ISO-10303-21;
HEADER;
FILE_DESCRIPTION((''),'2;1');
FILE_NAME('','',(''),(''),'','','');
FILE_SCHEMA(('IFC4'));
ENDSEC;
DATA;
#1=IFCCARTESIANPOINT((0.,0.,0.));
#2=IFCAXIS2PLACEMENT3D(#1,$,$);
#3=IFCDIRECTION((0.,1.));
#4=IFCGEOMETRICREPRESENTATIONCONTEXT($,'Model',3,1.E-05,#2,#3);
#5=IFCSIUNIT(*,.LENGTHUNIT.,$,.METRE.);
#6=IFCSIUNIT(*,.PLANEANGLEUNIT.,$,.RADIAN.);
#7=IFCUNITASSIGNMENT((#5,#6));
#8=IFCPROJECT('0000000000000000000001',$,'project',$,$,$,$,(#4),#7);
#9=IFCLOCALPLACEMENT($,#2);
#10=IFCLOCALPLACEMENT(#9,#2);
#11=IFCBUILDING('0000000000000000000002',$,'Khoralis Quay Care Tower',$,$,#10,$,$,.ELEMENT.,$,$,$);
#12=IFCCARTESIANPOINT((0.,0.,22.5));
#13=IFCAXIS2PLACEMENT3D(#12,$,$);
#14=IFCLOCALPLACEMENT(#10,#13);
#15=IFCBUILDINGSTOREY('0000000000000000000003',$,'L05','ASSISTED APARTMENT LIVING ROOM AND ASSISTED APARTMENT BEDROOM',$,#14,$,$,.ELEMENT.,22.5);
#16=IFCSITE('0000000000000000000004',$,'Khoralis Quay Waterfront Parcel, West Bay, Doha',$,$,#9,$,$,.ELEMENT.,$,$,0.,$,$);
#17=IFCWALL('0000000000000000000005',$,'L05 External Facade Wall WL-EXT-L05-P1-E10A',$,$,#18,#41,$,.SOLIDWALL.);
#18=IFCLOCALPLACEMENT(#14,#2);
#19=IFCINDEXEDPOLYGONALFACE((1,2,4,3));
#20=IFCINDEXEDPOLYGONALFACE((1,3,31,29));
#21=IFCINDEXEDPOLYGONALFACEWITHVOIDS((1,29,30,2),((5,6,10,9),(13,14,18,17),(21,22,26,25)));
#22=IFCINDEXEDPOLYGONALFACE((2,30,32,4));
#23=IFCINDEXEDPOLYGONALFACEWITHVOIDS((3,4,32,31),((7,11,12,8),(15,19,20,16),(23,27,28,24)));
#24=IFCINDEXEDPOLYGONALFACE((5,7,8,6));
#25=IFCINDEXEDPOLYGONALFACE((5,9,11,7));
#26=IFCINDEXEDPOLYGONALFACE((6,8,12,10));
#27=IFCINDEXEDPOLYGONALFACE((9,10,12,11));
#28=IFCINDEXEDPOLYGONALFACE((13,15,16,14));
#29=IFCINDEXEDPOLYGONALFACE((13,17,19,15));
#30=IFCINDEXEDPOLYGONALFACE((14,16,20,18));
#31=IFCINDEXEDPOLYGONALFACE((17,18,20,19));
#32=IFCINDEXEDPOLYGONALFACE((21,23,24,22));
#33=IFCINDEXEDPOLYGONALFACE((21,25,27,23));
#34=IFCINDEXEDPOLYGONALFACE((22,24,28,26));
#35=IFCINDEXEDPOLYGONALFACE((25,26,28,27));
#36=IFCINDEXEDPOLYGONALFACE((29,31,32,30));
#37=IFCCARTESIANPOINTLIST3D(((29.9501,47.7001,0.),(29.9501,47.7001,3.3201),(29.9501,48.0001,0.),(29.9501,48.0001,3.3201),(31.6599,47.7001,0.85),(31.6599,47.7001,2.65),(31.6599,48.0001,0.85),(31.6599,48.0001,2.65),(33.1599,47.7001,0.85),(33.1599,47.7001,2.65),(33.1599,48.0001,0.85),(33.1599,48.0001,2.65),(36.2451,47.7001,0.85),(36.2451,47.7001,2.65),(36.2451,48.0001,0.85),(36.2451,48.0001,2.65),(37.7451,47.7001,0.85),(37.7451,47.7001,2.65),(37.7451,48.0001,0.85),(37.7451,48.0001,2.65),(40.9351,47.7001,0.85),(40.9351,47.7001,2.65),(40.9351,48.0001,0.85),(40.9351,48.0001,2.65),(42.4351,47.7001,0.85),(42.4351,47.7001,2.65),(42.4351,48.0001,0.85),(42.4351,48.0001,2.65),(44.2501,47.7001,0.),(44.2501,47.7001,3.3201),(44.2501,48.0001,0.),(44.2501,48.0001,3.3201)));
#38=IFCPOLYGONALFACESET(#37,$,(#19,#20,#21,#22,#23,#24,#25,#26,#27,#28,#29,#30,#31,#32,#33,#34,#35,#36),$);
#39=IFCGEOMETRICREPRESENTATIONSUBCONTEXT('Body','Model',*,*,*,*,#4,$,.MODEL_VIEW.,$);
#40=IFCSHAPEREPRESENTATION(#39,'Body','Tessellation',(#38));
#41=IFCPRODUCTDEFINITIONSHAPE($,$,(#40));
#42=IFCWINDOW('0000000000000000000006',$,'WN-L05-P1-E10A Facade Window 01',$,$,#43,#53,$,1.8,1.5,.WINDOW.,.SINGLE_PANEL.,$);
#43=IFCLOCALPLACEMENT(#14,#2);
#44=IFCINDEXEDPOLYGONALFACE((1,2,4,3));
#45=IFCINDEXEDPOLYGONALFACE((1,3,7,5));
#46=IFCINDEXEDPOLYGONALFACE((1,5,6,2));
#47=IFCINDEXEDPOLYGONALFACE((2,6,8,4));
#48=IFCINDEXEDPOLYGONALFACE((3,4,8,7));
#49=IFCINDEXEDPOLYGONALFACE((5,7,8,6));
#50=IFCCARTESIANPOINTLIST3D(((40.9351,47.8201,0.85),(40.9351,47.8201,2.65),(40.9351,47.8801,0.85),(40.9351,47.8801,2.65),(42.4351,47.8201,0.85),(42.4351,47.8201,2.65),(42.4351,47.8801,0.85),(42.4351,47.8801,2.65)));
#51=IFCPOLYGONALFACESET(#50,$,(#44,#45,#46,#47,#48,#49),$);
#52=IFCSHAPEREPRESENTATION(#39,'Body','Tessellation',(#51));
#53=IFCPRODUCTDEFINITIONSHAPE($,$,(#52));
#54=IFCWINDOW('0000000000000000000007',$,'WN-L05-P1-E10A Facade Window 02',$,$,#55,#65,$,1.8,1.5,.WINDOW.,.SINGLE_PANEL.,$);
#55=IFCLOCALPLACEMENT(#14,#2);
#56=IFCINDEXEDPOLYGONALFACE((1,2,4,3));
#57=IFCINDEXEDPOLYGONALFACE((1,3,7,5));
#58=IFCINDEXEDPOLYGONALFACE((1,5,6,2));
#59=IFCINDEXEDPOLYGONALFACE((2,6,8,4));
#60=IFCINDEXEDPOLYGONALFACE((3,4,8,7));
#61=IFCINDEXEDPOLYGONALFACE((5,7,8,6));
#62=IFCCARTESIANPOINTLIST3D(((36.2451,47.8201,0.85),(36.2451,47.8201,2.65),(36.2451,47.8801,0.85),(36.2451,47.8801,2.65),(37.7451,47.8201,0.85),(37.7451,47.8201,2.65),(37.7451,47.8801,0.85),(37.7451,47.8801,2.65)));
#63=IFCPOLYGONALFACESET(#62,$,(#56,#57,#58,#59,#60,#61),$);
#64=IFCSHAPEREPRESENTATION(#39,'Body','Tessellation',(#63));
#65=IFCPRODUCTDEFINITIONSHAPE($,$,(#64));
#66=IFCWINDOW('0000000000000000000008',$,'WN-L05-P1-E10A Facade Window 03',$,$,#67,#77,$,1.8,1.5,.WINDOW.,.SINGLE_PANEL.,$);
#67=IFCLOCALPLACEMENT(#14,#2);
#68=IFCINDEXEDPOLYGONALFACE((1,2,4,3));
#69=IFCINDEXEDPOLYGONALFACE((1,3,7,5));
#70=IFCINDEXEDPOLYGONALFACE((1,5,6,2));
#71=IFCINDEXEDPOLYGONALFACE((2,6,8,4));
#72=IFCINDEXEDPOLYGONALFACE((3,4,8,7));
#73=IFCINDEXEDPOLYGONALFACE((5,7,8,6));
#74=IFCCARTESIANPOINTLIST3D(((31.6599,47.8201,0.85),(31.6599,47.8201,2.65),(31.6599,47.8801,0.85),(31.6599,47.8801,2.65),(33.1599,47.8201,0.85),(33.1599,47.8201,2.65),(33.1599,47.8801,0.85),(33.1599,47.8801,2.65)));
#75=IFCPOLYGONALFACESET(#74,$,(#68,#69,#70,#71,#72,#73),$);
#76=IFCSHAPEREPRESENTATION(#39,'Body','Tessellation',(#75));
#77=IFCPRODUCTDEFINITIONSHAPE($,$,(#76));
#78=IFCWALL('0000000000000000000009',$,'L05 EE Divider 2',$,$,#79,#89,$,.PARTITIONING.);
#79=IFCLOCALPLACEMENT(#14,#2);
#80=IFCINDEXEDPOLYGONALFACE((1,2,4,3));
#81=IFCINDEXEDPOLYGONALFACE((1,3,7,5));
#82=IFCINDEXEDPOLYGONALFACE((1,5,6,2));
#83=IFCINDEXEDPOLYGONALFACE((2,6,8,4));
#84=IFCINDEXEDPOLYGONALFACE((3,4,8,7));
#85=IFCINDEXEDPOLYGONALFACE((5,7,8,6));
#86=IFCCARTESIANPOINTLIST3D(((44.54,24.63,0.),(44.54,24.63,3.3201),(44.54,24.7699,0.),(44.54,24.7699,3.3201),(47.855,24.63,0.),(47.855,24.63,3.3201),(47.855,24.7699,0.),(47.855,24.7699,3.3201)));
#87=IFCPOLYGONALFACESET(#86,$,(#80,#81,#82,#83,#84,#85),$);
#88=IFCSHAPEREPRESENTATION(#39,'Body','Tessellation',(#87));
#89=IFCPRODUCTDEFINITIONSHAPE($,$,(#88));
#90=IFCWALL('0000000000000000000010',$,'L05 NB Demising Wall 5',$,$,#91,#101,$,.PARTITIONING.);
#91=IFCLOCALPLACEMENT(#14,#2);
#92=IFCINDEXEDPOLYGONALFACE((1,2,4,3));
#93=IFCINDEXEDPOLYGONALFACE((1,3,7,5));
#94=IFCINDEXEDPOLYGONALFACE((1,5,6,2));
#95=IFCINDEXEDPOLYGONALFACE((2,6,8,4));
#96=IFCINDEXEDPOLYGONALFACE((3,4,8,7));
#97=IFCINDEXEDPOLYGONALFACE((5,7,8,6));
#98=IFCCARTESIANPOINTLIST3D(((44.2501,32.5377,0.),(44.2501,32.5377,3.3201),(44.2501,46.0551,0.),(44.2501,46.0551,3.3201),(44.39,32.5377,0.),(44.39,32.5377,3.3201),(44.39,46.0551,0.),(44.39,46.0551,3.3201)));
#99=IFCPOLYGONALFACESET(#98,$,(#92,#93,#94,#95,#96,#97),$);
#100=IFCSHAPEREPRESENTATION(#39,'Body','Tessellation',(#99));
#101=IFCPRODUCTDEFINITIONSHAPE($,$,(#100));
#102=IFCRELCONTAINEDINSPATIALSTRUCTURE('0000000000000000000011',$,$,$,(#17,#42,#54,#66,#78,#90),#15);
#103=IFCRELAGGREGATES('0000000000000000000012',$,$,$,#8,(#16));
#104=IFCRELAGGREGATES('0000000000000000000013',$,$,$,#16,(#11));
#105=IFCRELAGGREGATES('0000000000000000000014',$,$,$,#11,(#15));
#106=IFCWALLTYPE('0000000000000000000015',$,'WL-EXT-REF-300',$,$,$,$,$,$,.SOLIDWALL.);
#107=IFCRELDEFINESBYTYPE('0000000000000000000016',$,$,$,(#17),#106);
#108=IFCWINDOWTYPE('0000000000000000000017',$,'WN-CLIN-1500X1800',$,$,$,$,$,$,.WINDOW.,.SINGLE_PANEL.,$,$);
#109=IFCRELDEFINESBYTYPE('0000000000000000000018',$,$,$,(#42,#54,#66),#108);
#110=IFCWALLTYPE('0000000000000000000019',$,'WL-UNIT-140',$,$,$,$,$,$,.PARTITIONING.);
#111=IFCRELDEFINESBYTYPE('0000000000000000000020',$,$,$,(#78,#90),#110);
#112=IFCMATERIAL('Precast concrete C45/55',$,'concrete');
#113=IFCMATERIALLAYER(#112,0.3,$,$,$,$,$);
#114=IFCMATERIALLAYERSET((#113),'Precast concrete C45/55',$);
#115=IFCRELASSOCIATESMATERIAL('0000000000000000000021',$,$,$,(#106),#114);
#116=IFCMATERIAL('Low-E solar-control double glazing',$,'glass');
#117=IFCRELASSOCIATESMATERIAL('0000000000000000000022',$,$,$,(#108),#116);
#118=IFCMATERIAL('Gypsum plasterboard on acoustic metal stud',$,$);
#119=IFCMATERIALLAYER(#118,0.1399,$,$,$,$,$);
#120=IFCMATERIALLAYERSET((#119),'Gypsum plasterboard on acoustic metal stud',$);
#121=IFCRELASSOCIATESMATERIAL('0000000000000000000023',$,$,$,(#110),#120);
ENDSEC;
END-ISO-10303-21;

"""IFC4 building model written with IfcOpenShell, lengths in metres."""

from ifc_helpers import new_model, si_unit, direction, frame, frame_2d, origin, place, context, subcontext, project, spatial, rectangle, extrude, source, transform, mapped, material, layer, layer_set, type_object, element, fill, save


model = new_model("IFC4")

# Units and contexts
model_context = context("Model", 3, precision=1e-05, world=origin(), true_north=direction((0.0, 1.0)))
body_context = subcontext(model_context, "Body", "Model", "MODEL_VIEW")
ifc_project = project(units=[si_unit("LENGTHUNIT", "METRE"), si_unit("PLANEANGLEUNIT", "RADIAN")], contexts=[model_context])

# Site, building, storey
site_placement = place(None, origin())
site = spatial("IfcSite", under=ifc_project, at=site_placement, Name="Khoralis Quay Waterfront Parcel, West Bay, Doha", CompositionType="ELEMENT", RefElevation=0.0)
building_placement = place(site_placement, origin())
building = spatial("IfcBuilding", under=site, at=building_placement, Name="Khoralis Quay Care Tower", CompositionType="ELEMENT")
storey_placement = place(building_placement, frame((0.0, 0.0, 22.5)))
storey = spatial("IfcBuildingStorey", under=building, at=storey_placement, Name="L05", Description="ASSISTED APARTMENT LIVING ROOM AND ASSISTED APARTMENT BEDROOM", CompositionType="ELEMENT", Elevation=22.5)

# Shared definitions
ifc_material_1 = material(Name="Low-E solar-control double glazing", Category="glass")

# Shared definitions
ifc_material_2 = material(Name="Precast concrete C45/55", Category="concrete")
ifc_layer_1 = layer(ifc_material_2, 0.3)
ifc_layer_set_1 = layer_set([ifc_layer_1], Name="Precast concrete C45/55")
wall_type_1 = type_object("IfcWallType", Name="WL-EXT-REF-300", PredefinedType="SOLIDWALL", material=ifc_layer_set_1)
window_type = type_object("IfcWindowType", Name="WN-CLIN-1500X1800", PartitioningType="SINGLE_PANEL", PredefinedType="WINDOW", material=ifc_material_1)
shared_shape_1 = source(origin(), body_context, "Body", "SweptSolid", [
    extrude(rectangle(XDim=1.5, YDim=1.8, at=frame_2d((0.75, 0.8999))), frame((0.0, 0.03, 0.0), z_axis=(0.0, -1.0, 0.0), x_axis=(1.0, 0.0, 0.0)), (0.0, 0.0, 1.0), 0.0601),
])

# Wall, openings, windows
wall_1_placement = place(storey_placement, frame((44.25, 47.8501, 0.0), z_axis=(0.0, 0.0, 1.0), x_axis=(-1.0, 0.0, 0.0)))
wall_1 = element("IfcWall", 1, at=wall_1_placement, inside=storey, type_object=wall_type_1, Name="L05 External Facade Wall WL-EXT-L05-P1-E10A", PredefinedType="SOLIDWALL", context=body_context, shape_type="SweptSolid", body=[
    extrude(rectangle(XDim=14.3, YDim=0.3, at=frame_2d((7.1499, 0.0))), origin(), (0.0, 0.0, 1.0), 3.3201),
])
opening_1_placement = place(wall_1_placement, frame((1.8149, 0.0, 0.8501)))
opening_1 = element("IfcOpeningElement", 2, at=opening_1_placement, cuts=wall_1, PredefinedType="OPENING", context=body_context, shape_type="SweptSolid", body=[
    extrude(rectangle(XDim=1.5, YDim=1.8, at=frame_2d((0.75, 0.8999))), frame((0.0, 0.1602, 0.0), z_axis=(0.0, -1.0, 0.0), x_axis=(1.0, 0.0, 0.0)), (0.0, 0.0, 1.0), 0.3201),
])
opening_2_placement = place(wall_1_placement, frame((6.5049, 0.0, 0.8501)))
opening_2 = element("IfcOpeningElement", 3, at=opening_2_placement, cuts=wall_1, PredefinedType="OPENING", context=body_context, shape_type="SweptSolid", body=[
    extrude(rectangle(XDim=1.5, YDim=1.8, at=frame_2d((0.75, 0.8999))), frame((0.0, 0.1602, 0.0), z_axis=(0.0, -1.0, 0.0), x_axis=(1.0, 0.0, 0.0)), (0.0, 0.0, 1.0), 0.3201),
])
opening_3_placement = place(wall_1_placement, frame((11.0901, 0.0, 0.8501)))
opening_3 = element("IfcOpeningElement", 4, at=opening_3_placement, cuts=wall_1, PredefinedType="OPENING", context=body_context, shape_type="SweptSolid", body=[
    extrude(rectangle(XDim=1.5, YDim=1.8, at=frame_2d((0.75, 0.8999))), frame((0.0, 0.1602, 0.0), z_axis=(0.0, -1.0, 0.0), x_axis=(1.0, 0.0, 0.0)), (0.0, 0.0, 1.0), 0.3201),
])
window_1_placement = place(opening_1_placement, origin())
window_1 = element("IfcWindow", 5, at=window_1_placement, inside=storey, type_object=window_type, Name="WN-L05-P1-E10A Facade Window 01", OverallHeight=1.8, OverallWidth=1.5, PartitioningType="SINGLE_PANEL", PredefinedType="WINDOW", context=body_context, shape_type="MappedRepresentation", body=[
    mapped(shared_shape_1, transform((0.0, 0.0, 0.0), scale=1.0)),
])
fill(opening_1, window_1)
window_2_placement = place(opening_2_placement, origin())
window_2 = element("IfcWindow", 6, at=window_2_placement, inside=storey, type_object=window_type, Name="WN-L05-P1-E10A Facade Window 02", OverallHeight=1.8, OverallWidth=1.5, PartitioningType="SINGLE_PANEL", PredefinedType="WINDOW", context=body_context, shape_type="MappedRepresentation", body=[
    mapped(shared_shape_1, transform((0.0, 0.0, 0.0), scale=1.0)),
])
fill(opening_2, window_2)
window_3_placement = place(opening_3_placement, origin())
window_3 = element("IfcWindow", 7, at=window_3_placement, inside=storey, type_object=window_type, Name="WN-L05-P1-E10A Facade Window 03", OverallHeight=1.8, OverallWidth=1.5, PartitioningType="SINGLE_PANEL", PredefinedType="WINDOW", context=body_context, shape_type="MappedRepresentation", body=[
    mapped(shared_shape_1, transform((0.0, 0.0, 0.0), scale=1.0)),
])
fill(opening_3, window_3)

# Walls
ifc_material_3 = material(Name="Gypsum plasterboard on acoustic metal stud")
ifc_layer_2 = layer(ifc_material_3, 0.1399)
ifc_layer_set_2 = layer_set([ifc_layer_2], Name="Gypsum plasterboard on acoustic metal stud")
wall_type_2 = type_object("IfcWallType", Name="WL-UNIT-140", PredefinedType="PARTITIONING", material=ifc_layer_set_2)
wall_2_placement = place(storey_placement, frame((44.54, 24.7, 0.0), z_axis=(0.0, 0.0, 1.0), x_axis=(1.0, 0.0, 0.0)))
element("IfcWall", 8, at=wall_2_placement, inside=storey, type_object=wall_type_2, Name="L05 EE Divider 2", PredefinedType="PARTITIONING", context=body_context, shape_type="SweptSolid", body=[
    extrude(rectangle(XDim=3.3149, YDim=0.1399, at=frame_2d((1.6575, 0.0))), origin(), (0.0, 0.0, 1.0), 3.3201),
])
wall_3_placement = place(storey_placement, frame((44.3201, 32.5376, 0.0), z_axis=(0.0, 0.0, 1.0), x_axis=(0.0, 1.0, 0.0)))
element("IfcWall", 9, at=wall_3_placement, inside=storey, type_object=wall_type_2, Name="L05 NB Demising Wall 5", PredefinedType="PARTITIONING", context=body_context, shape_type="SweptSolid", body=[
    extrude(rectangle(XDim=13.5173, YDim=0.1399, at=frame_2d((6.7588, 0.0))), origin(), (0.0, 0.0, 1.0), 3.3201),
])

save(model, "model.ifc")
